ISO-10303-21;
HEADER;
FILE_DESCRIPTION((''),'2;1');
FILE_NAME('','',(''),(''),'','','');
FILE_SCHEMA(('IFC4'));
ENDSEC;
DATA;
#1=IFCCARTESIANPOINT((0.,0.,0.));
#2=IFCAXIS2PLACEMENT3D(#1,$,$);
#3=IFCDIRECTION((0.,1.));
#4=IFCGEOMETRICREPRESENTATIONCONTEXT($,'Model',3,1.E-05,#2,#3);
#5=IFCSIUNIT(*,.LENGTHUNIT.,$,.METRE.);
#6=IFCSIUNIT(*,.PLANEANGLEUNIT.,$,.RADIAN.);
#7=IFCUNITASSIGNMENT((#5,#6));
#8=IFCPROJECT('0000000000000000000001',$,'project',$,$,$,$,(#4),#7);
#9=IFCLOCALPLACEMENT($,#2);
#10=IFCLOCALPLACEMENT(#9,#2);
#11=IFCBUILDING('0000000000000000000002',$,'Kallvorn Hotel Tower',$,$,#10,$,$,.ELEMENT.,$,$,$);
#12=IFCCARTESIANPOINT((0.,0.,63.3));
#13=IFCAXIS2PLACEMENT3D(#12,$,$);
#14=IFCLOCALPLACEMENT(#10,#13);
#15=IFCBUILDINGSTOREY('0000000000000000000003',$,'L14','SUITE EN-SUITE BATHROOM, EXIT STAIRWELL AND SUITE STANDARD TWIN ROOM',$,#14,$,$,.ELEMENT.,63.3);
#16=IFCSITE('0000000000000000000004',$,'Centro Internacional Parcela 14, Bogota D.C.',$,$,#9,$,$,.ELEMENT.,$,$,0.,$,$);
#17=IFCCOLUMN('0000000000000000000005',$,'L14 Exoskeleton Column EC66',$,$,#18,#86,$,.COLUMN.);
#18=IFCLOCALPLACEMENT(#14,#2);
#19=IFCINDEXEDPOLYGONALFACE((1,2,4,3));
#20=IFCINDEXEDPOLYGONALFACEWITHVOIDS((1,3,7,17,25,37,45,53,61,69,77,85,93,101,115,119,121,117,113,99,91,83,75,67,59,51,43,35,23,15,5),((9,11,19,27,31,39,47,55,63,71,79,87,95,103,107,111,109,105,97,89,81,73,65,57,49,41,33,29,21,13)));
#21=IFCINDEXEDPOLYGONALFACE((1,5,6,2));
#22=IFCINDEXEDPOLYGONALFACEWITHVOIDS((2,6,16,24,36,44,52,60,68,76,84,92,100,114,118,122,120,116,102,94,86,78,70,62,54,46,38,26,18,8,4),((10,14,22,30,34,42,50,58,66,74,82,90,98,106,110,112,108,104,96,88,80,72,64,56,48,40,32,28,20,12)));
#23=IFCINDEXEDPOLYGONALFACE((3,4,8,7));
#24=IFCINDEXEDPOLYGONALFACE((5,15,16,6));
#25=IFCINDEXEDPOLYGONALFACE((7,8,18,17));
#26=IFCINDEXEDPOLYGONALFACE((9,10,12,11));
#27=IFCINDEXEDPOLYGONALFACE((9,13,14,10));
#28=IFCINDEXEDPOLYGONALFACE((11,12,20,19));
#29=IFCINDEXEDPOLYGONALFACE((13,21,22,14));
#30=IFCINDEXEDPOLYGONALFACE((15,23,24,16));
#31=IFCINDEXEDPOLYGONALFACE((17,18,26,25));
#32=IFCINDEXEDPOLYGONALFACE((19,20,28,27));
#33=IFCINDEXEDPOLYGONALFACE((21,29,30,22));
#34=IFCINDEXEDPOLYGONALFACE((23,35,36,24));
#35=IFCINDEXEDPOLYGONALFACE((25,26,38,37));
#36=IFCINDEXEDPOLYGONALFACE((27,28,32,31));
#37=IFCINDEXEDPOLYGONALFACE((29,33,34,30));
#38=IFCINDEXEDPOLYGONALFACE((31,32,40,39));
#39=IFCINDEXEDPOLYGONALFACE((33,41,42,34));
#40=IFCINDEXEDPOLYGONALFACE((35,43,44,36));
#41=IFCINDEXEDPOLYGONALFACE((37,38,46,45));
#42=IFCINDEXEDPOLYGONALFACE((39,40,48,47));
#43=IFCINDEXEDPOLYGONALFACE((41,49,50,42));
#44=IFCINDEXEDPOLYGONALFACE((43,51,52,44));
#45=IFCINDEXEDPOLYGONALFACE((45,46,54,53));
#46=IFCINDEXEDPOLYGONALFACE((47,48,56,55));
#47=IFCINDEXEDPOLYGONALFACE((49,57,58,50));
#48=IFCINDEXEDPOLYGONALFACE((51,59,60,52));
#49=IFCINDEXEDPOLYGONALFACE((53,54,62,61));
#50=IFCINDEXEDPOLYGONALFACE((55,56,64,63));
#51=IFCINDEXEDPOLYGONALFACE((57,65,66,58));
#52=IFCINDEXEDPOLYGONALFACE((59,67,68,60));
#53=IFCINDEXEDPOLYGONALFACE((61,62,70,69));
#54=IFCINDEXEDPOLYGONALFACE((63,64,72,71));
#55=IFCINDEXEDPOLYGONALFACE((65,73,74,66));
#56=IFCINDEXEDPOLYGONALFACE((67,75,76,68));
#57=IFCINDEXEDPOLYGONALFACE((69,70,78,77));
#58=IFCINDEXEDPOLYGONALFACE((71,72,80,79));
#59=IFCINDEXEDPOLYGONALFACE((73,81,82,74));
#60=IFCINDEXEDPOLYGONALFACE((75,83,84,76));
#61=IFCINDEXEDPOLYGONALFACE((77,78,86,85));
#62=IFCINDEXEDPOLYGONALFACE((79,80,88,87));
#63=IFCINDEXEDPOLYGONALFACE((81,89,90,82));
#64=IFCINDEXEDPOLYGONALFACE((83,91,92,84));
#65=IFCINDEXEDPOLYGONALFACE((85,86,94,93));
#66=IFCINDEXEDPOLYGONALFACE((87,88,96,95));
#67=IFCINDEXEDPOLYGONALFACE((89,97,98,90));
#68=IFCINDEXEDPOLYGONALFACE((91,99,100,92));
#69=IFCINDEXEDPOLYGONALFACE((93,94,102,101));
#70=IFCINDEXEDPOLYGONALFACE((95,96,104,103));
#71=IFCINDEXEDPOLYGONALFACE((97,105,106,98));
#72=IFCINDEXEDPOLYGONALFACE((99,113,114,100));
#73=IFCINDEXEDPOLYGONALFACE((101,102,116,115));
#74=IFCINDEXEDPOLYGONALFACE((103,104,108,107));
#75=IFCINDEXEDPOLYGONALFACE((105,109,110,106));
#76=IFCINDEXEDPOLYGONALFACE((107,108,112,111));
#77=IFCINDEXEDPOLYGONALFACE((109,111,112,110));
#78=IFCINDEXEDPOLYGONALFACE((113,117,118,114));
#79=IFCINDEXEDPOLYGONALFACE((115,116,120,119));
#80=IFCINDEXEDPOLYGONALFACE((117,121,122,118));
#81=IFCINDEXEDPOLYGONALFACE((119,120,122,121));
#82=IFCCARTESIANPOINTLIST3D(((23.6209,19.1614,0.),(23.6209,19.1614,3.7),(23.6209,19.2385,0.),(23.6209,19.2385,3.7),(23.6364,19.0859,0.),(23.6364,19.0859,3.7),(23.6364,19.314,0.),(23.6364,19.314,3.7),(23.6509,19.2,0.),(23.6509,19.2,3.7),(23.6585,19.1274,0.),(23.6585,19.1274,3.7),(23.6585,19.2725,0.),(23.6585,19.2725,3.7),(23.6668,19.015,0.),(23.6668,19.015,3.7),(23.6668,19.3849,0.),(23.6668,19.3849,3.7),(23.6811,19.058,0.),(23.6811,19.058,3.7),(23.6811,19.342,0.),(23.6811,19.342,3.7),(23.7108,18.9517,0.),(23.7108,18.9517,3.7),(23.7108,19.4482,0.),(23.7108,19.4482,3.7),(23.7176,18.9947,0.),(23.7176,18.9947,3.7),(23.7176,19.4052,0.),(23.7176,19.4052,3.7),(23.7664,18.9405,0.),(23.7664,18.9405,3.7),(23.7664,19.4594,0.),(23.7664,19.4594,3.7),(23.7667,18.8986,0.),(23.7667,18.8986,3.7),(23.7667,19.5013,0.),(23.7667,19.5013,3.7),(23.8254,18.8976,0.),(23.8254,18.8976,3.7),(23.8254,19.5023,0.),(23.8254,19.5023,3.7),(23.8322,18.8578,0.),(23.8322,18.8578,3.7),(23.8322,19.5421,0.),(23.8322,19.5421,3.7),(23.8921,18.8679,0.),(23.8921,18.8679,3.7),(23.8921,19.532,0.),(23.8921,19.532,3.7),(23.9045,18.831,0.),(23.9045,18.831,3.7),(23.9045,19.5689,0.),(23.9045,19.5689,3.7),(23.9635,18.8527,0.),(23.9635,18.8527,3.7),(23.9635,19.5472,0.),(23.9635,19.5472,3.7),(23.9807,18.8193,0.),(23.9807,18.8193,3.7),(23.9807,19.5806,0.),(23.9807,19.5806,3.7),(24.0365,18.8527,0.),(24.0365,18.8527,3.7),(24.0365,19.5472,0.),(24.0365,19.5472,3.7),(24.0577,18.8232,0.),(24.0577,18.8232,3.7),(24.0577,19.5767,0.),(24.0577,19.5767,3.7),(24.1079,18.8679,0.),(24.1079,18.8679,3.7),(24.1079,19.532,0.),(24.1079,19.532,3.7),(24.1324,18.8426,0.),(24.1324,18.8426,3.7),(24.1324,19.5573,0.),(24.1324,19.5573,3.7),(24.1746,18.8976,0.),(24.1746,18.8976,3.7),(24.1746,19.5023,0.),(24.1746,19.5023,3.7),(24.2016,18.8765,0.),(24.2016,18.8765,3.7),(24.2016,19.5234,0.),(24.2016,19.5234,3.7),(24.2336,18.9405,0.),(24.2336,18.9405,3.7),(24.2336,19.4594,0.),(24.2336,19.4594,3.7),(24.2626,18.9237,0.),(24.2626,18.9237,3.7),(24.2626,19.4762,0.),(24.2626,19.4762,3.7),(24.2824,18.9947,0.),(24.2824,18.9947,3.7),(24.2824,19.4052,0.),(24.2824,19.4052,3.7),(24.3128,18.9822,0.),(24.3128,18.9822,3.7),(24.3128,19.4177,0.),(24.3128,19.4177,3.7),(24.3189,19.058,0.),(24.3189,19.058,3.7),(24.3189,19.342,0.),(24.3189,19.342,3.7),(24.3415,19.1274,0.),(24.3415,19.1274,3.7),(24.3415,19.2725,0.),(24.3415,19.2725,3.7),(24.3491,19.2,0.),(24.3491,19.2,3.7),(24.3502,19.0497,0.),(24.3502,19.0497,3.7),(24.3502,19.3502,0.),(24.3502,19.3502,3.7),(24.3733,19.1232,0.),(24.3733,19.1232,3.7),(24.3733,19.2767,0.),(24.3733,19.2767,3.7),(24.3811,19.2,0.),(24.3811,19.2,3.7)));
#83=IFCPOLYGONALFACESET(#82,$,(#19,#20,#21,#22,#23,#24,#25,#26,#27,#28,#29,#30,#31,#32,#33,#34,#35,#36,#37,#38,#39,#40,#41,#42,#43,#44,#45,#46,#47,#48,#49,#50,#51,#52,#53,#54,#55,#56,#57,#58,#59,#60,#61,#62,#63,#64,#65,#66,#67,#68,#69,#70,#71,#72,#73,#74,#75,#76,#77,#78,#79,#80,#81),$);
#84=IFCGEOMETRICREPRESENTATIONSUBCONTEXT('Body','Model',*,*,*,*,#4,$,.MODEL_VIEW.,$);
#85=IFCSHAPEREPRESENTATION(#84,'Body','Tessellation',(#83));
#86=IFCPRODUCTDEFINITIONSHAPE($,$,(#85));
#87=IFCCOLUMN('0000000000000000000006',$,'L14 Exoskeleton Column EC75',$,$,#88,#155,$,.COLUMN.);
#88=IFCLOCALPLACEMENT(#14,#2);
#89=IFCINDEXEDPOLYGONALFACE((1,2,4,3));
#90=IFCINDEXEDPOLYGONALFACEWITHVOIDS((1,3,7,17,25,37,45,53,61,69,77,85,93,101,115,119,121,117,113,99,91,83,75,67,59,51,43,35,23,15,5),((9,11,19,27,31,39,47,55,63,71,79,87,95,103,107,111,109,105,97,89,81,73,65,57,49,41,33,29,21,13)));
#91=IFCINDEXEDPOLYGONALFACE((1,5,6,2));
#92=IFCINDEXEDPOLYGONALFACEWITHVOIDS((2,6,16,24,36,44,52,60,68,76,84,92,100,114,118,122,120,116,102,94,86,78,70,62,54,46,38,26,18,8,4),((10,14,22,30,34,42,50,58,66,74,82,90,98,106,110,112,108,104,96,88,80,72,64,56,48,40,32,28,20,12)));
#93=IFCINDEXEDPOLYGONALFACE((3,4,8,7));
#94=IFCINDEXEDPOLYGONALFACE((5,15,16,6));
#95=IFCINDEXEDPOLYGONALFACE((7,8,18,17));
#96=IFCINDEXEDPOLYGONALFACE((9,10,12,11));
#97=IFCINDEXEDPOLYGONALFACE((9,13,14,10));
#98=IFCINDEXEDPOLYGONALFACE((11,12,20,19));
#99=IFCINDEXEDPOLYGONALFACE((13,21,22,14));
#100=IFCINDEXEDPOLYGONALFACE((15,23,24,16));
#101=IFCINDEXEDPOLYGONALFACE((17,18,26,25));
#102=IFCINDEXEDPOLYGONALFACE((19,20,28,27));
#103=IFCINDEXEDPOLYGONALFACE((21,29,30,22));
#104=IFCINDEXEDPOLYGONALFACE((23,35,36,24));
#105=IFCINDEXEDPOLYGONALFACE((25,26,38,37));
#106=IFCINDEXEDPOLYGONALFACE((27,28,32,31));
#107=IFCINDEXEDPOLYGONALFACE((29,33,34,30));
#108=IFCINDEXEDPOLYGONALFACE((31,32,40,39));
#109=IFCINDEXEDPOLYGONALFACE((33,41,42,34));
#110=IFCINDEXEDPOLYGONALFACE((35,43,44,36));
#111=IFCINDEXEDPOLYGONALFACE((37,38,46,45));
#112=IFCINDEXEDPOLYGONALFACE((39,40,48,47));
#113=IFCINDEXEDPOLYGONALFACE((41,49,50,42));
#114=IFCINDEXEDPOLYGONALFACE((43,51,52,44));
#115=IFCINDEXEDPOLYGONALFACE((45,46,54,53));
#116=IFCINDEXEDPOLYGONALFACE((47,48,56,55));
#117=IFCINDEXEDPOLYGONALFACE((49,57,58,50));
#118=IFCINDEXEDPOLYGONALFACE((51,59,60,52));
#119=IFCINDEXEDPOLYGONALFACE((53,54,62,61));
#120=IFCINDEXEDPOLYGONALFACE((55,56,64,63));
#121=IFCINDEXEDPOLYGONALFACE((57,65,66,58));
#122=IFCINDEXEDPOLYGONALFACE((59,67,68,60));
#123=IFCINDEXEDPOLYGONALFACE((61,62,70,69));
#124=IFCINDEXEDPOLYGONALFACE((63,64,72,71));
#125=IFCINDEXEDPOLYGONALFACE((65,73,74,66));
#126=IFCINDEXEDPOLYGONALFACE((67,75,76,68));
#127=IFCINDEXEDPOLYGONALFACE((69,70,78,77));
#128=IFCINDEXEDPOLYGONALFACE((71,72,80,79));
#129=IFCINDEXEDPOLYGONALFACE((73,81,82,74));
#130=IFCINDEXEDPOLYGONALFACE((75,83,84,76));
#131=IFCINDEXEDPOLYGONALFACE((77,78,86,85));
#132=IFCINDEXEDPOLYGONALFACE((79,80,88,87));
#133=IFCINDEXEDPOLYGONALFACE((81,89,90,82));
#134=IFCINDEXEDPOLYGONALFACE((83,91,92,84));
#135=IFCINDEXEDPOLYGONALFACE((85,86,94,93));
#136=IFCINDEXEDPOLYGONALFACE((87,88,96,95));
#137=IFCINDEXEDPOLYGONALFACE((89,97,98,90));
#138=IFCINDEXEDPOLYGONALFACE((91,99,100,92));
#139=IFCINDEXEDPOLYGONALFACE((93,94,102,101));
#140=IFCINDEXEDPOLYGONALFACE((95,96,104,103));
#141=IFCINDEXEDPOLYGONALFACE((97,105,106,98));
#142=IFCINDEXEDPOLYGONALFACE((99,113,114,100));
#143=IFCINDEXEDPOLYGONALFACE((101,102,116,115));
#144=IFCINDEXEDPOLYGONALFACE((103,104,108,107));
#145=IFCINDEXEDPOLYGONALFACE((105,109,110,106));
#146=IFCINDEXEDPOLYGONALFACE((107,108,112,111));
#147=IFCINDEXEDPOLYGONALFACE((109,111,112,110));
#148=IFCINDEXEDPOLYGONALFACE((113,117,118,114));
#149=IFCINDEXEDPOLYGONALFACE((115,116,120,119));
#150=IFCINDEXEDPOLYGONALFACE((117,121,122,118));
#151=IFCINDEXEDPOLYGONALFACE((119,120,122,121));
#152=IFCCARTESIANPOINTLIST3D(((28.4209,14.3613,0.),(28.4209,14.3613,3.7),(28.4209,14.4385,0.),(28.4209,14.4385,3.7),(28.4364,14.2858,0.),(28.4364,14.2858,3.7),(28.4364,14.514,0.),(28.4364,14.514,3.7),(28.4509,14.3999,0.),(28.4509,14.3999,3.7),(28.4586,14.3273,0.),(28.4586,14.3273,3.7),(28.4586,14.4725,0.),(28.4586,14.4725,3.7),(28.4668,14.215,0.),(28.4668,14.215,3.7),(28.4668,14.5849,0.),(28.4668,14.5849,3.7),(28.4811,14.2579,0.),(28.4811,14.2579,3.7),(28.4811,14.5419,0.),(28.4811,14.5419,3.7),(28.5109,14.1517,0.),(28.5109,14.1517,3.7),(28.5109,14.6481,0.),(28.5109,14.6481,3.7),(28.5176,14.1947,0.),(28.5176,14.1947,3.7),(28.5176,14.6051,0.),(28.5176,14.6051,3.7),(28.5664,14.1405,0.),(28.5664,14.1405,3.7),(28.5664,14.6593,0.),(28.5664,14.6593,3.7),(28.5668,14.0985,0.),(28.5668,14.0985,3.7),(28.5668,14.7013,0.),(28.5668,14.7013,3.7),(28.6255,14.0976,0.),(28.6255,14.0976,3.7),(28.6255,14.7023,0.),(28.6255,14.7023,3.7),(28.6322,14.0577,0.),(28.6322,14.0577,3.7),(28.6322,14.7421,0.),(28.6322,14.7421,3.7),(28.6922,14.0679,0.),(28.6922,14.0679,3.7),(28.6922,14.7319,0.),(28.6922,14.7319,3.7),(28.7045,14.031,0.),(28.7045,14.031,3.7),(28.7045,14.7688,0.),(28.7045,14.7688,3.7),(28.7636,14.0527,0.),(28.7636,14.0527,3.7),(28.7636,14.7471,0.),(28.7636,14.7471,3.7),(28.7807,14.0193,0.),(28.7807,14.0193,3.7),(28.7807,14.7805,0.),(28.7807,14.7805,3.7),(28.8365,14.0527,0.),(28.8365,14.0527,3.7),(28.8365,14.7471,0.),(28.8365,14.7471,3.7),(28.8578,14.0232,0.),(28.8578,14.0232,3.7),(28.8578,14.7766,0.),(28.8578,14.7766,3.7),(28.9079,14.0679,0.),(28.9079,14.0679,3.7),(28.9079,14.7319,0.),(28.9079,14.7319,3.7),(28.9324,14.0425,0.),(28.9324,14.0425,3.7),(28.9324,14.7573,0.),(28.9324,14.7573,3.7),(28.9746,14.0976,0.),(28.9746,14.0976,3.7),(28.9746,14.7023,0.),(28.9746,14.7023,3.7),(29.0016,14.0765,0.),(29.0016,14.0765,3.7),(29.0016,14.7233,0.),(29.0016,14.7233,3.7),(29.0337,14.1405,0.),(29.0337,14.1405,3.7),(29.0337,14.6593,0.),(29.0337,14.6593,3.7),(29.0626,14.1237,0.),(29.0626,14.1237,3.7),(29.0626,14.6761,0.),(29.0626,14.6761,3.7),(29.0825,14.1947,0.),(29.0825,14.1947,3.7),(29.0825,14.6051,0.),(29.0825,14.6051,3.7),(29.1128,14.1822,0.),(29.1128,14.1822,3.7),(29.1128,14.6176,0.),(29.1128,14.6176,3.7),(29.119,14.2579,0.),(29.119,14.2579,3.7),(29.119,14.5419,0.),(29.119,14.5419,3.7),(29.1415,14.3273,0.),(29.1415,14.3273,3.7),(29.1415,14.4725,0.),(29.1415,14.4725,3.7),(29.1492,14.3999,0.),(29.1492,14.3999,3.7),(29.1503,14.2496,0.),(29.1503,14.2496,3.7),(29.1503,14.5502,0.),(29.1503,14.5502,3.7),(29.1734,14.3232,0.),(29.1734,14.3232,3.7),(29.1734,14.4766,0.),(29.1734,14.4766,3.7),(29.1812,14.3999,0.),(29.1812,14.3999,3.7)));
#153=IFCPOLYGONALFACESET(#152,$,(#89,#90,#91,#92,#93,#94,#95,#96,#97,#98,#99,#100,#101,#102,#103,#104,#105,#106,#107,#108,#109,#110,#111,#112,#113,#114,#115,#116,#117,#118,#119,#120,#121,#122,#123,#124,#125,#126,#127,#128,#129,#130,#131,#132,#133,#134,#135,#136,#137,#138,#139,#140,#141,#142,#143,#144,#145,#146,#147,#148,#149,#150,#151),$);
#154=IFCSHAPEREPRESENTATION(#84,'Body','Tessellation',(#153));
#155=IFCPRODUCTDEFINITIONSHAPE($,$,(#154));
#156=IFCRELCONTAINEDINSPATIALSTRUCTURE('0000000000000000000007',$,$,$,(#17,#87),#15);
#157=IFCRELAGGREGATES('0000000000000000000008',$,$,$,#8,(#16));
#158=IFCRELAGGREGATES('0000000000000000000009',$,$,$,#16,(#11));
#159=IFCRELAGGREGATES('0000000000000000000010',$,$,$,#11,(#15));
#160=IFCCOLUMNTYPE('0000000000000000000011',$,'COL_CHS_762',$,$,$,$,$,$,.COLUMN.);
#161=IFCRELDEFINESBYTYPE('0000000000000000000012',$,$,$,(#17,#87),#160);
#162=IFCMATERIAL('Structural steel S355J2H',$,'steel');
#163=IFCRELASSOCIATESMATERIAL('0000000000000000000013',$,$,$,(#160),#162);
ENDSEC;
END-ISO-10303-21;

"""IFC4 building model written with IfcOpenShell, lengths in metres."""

from ifc_helpers import new_model, si_unit, direction, frame, origin, origin_2d, place, context, subcontext, project, spatial, hollow_circle, extrude, material, material_profile, profile_set, type_object, element, save


model = new_model("IFC4")

# Units and contexts
model_context = context("Model", 3, precision=1e-05, world=origin(), true_north=direction((0.0, 1.0)))
body_context = subcontext(model_context, "Body", "Model", "MODEL_VIEW")
ifc_project = project(units=[si_unit("LENGTHUNIT", "METRE"), si_unit("PLANEANGLEUNIT", "RADIAN")], contexts=[model_context])

# Site, building, storey
site_placement = place(None, origin())
site = spatial("IfcSite", under=ifc_project, at=site_placement, Name="Centro Internacional Parcela 14, Bogota D.C.", CompositionType="ELEMENT", RefElevation=0.0)
building_placement = place(site_placement, origin())
building = spatial("IfcBuilding", under=site, at=building_placement, Name="Kallvorn Hotel Tower", CompositionType="ELEMENT")
storey_placement = place(building_placement, frame((0.0, 0.0, 63.3)))
storey = spatial("IfcBuildingStorey", under=building, at=storey_placement, Name="L14", Description="SUITE EN-SUITE BATHROOM, EXIT STAIRWELL AND SUITE STANDARD TWIN ROOM", CompositionType="ELEMENT", Elevation=63.3)

# Columns
ifc_material_1 = material(Name="Structural steel S355J2H", Category="steel")
ifc_material_profile_1 = material_profile(ifc_material_1, hollow_circle(Radius=0.3811, WallThickness=0.032, at=origin_2d()), Name="CHS 762x32")
ifc_profile_set_1 = profile_set([ifc_material_profile_1], Name="Structural steel S355J2H")
column_type_1 = type_object("IfcColumnType", Name="COL_CHS_762", PredefinedType="COLUMN", material=ifc_profile_set_1)
for number, where, z_axis, x_axis, name in (
    (1, (24.0, 19.2, 0.0), (0.0, 0.0, 1.0), (1.0, 0.0, 0.0), "L14 Exoskeleton Column EC66"),
    (2, (28.8, 14.3999, 0.0), (0.0, 0.0, 1.0), (1.0, 0.0, 0.0), "L14 Exoskeleton Column EC75"),
):
    element("IfcColumn", number, at=place(storey_placement, frame(where, z_axis=z_axis, x_axis=x_axis)), inside=storey, type_object=column_type_1, Name=name, PredefinedType="COLUMN", context=body_context, shape_type="SweptSolid", body=[
        extrude(hollow_circle(Radius=0.3811, WallThickness=0.032, at=origin_2d()), origin(), (0.0, 0.0, 1.0), 3.7),
    ])

save(model, "model.ifc")
